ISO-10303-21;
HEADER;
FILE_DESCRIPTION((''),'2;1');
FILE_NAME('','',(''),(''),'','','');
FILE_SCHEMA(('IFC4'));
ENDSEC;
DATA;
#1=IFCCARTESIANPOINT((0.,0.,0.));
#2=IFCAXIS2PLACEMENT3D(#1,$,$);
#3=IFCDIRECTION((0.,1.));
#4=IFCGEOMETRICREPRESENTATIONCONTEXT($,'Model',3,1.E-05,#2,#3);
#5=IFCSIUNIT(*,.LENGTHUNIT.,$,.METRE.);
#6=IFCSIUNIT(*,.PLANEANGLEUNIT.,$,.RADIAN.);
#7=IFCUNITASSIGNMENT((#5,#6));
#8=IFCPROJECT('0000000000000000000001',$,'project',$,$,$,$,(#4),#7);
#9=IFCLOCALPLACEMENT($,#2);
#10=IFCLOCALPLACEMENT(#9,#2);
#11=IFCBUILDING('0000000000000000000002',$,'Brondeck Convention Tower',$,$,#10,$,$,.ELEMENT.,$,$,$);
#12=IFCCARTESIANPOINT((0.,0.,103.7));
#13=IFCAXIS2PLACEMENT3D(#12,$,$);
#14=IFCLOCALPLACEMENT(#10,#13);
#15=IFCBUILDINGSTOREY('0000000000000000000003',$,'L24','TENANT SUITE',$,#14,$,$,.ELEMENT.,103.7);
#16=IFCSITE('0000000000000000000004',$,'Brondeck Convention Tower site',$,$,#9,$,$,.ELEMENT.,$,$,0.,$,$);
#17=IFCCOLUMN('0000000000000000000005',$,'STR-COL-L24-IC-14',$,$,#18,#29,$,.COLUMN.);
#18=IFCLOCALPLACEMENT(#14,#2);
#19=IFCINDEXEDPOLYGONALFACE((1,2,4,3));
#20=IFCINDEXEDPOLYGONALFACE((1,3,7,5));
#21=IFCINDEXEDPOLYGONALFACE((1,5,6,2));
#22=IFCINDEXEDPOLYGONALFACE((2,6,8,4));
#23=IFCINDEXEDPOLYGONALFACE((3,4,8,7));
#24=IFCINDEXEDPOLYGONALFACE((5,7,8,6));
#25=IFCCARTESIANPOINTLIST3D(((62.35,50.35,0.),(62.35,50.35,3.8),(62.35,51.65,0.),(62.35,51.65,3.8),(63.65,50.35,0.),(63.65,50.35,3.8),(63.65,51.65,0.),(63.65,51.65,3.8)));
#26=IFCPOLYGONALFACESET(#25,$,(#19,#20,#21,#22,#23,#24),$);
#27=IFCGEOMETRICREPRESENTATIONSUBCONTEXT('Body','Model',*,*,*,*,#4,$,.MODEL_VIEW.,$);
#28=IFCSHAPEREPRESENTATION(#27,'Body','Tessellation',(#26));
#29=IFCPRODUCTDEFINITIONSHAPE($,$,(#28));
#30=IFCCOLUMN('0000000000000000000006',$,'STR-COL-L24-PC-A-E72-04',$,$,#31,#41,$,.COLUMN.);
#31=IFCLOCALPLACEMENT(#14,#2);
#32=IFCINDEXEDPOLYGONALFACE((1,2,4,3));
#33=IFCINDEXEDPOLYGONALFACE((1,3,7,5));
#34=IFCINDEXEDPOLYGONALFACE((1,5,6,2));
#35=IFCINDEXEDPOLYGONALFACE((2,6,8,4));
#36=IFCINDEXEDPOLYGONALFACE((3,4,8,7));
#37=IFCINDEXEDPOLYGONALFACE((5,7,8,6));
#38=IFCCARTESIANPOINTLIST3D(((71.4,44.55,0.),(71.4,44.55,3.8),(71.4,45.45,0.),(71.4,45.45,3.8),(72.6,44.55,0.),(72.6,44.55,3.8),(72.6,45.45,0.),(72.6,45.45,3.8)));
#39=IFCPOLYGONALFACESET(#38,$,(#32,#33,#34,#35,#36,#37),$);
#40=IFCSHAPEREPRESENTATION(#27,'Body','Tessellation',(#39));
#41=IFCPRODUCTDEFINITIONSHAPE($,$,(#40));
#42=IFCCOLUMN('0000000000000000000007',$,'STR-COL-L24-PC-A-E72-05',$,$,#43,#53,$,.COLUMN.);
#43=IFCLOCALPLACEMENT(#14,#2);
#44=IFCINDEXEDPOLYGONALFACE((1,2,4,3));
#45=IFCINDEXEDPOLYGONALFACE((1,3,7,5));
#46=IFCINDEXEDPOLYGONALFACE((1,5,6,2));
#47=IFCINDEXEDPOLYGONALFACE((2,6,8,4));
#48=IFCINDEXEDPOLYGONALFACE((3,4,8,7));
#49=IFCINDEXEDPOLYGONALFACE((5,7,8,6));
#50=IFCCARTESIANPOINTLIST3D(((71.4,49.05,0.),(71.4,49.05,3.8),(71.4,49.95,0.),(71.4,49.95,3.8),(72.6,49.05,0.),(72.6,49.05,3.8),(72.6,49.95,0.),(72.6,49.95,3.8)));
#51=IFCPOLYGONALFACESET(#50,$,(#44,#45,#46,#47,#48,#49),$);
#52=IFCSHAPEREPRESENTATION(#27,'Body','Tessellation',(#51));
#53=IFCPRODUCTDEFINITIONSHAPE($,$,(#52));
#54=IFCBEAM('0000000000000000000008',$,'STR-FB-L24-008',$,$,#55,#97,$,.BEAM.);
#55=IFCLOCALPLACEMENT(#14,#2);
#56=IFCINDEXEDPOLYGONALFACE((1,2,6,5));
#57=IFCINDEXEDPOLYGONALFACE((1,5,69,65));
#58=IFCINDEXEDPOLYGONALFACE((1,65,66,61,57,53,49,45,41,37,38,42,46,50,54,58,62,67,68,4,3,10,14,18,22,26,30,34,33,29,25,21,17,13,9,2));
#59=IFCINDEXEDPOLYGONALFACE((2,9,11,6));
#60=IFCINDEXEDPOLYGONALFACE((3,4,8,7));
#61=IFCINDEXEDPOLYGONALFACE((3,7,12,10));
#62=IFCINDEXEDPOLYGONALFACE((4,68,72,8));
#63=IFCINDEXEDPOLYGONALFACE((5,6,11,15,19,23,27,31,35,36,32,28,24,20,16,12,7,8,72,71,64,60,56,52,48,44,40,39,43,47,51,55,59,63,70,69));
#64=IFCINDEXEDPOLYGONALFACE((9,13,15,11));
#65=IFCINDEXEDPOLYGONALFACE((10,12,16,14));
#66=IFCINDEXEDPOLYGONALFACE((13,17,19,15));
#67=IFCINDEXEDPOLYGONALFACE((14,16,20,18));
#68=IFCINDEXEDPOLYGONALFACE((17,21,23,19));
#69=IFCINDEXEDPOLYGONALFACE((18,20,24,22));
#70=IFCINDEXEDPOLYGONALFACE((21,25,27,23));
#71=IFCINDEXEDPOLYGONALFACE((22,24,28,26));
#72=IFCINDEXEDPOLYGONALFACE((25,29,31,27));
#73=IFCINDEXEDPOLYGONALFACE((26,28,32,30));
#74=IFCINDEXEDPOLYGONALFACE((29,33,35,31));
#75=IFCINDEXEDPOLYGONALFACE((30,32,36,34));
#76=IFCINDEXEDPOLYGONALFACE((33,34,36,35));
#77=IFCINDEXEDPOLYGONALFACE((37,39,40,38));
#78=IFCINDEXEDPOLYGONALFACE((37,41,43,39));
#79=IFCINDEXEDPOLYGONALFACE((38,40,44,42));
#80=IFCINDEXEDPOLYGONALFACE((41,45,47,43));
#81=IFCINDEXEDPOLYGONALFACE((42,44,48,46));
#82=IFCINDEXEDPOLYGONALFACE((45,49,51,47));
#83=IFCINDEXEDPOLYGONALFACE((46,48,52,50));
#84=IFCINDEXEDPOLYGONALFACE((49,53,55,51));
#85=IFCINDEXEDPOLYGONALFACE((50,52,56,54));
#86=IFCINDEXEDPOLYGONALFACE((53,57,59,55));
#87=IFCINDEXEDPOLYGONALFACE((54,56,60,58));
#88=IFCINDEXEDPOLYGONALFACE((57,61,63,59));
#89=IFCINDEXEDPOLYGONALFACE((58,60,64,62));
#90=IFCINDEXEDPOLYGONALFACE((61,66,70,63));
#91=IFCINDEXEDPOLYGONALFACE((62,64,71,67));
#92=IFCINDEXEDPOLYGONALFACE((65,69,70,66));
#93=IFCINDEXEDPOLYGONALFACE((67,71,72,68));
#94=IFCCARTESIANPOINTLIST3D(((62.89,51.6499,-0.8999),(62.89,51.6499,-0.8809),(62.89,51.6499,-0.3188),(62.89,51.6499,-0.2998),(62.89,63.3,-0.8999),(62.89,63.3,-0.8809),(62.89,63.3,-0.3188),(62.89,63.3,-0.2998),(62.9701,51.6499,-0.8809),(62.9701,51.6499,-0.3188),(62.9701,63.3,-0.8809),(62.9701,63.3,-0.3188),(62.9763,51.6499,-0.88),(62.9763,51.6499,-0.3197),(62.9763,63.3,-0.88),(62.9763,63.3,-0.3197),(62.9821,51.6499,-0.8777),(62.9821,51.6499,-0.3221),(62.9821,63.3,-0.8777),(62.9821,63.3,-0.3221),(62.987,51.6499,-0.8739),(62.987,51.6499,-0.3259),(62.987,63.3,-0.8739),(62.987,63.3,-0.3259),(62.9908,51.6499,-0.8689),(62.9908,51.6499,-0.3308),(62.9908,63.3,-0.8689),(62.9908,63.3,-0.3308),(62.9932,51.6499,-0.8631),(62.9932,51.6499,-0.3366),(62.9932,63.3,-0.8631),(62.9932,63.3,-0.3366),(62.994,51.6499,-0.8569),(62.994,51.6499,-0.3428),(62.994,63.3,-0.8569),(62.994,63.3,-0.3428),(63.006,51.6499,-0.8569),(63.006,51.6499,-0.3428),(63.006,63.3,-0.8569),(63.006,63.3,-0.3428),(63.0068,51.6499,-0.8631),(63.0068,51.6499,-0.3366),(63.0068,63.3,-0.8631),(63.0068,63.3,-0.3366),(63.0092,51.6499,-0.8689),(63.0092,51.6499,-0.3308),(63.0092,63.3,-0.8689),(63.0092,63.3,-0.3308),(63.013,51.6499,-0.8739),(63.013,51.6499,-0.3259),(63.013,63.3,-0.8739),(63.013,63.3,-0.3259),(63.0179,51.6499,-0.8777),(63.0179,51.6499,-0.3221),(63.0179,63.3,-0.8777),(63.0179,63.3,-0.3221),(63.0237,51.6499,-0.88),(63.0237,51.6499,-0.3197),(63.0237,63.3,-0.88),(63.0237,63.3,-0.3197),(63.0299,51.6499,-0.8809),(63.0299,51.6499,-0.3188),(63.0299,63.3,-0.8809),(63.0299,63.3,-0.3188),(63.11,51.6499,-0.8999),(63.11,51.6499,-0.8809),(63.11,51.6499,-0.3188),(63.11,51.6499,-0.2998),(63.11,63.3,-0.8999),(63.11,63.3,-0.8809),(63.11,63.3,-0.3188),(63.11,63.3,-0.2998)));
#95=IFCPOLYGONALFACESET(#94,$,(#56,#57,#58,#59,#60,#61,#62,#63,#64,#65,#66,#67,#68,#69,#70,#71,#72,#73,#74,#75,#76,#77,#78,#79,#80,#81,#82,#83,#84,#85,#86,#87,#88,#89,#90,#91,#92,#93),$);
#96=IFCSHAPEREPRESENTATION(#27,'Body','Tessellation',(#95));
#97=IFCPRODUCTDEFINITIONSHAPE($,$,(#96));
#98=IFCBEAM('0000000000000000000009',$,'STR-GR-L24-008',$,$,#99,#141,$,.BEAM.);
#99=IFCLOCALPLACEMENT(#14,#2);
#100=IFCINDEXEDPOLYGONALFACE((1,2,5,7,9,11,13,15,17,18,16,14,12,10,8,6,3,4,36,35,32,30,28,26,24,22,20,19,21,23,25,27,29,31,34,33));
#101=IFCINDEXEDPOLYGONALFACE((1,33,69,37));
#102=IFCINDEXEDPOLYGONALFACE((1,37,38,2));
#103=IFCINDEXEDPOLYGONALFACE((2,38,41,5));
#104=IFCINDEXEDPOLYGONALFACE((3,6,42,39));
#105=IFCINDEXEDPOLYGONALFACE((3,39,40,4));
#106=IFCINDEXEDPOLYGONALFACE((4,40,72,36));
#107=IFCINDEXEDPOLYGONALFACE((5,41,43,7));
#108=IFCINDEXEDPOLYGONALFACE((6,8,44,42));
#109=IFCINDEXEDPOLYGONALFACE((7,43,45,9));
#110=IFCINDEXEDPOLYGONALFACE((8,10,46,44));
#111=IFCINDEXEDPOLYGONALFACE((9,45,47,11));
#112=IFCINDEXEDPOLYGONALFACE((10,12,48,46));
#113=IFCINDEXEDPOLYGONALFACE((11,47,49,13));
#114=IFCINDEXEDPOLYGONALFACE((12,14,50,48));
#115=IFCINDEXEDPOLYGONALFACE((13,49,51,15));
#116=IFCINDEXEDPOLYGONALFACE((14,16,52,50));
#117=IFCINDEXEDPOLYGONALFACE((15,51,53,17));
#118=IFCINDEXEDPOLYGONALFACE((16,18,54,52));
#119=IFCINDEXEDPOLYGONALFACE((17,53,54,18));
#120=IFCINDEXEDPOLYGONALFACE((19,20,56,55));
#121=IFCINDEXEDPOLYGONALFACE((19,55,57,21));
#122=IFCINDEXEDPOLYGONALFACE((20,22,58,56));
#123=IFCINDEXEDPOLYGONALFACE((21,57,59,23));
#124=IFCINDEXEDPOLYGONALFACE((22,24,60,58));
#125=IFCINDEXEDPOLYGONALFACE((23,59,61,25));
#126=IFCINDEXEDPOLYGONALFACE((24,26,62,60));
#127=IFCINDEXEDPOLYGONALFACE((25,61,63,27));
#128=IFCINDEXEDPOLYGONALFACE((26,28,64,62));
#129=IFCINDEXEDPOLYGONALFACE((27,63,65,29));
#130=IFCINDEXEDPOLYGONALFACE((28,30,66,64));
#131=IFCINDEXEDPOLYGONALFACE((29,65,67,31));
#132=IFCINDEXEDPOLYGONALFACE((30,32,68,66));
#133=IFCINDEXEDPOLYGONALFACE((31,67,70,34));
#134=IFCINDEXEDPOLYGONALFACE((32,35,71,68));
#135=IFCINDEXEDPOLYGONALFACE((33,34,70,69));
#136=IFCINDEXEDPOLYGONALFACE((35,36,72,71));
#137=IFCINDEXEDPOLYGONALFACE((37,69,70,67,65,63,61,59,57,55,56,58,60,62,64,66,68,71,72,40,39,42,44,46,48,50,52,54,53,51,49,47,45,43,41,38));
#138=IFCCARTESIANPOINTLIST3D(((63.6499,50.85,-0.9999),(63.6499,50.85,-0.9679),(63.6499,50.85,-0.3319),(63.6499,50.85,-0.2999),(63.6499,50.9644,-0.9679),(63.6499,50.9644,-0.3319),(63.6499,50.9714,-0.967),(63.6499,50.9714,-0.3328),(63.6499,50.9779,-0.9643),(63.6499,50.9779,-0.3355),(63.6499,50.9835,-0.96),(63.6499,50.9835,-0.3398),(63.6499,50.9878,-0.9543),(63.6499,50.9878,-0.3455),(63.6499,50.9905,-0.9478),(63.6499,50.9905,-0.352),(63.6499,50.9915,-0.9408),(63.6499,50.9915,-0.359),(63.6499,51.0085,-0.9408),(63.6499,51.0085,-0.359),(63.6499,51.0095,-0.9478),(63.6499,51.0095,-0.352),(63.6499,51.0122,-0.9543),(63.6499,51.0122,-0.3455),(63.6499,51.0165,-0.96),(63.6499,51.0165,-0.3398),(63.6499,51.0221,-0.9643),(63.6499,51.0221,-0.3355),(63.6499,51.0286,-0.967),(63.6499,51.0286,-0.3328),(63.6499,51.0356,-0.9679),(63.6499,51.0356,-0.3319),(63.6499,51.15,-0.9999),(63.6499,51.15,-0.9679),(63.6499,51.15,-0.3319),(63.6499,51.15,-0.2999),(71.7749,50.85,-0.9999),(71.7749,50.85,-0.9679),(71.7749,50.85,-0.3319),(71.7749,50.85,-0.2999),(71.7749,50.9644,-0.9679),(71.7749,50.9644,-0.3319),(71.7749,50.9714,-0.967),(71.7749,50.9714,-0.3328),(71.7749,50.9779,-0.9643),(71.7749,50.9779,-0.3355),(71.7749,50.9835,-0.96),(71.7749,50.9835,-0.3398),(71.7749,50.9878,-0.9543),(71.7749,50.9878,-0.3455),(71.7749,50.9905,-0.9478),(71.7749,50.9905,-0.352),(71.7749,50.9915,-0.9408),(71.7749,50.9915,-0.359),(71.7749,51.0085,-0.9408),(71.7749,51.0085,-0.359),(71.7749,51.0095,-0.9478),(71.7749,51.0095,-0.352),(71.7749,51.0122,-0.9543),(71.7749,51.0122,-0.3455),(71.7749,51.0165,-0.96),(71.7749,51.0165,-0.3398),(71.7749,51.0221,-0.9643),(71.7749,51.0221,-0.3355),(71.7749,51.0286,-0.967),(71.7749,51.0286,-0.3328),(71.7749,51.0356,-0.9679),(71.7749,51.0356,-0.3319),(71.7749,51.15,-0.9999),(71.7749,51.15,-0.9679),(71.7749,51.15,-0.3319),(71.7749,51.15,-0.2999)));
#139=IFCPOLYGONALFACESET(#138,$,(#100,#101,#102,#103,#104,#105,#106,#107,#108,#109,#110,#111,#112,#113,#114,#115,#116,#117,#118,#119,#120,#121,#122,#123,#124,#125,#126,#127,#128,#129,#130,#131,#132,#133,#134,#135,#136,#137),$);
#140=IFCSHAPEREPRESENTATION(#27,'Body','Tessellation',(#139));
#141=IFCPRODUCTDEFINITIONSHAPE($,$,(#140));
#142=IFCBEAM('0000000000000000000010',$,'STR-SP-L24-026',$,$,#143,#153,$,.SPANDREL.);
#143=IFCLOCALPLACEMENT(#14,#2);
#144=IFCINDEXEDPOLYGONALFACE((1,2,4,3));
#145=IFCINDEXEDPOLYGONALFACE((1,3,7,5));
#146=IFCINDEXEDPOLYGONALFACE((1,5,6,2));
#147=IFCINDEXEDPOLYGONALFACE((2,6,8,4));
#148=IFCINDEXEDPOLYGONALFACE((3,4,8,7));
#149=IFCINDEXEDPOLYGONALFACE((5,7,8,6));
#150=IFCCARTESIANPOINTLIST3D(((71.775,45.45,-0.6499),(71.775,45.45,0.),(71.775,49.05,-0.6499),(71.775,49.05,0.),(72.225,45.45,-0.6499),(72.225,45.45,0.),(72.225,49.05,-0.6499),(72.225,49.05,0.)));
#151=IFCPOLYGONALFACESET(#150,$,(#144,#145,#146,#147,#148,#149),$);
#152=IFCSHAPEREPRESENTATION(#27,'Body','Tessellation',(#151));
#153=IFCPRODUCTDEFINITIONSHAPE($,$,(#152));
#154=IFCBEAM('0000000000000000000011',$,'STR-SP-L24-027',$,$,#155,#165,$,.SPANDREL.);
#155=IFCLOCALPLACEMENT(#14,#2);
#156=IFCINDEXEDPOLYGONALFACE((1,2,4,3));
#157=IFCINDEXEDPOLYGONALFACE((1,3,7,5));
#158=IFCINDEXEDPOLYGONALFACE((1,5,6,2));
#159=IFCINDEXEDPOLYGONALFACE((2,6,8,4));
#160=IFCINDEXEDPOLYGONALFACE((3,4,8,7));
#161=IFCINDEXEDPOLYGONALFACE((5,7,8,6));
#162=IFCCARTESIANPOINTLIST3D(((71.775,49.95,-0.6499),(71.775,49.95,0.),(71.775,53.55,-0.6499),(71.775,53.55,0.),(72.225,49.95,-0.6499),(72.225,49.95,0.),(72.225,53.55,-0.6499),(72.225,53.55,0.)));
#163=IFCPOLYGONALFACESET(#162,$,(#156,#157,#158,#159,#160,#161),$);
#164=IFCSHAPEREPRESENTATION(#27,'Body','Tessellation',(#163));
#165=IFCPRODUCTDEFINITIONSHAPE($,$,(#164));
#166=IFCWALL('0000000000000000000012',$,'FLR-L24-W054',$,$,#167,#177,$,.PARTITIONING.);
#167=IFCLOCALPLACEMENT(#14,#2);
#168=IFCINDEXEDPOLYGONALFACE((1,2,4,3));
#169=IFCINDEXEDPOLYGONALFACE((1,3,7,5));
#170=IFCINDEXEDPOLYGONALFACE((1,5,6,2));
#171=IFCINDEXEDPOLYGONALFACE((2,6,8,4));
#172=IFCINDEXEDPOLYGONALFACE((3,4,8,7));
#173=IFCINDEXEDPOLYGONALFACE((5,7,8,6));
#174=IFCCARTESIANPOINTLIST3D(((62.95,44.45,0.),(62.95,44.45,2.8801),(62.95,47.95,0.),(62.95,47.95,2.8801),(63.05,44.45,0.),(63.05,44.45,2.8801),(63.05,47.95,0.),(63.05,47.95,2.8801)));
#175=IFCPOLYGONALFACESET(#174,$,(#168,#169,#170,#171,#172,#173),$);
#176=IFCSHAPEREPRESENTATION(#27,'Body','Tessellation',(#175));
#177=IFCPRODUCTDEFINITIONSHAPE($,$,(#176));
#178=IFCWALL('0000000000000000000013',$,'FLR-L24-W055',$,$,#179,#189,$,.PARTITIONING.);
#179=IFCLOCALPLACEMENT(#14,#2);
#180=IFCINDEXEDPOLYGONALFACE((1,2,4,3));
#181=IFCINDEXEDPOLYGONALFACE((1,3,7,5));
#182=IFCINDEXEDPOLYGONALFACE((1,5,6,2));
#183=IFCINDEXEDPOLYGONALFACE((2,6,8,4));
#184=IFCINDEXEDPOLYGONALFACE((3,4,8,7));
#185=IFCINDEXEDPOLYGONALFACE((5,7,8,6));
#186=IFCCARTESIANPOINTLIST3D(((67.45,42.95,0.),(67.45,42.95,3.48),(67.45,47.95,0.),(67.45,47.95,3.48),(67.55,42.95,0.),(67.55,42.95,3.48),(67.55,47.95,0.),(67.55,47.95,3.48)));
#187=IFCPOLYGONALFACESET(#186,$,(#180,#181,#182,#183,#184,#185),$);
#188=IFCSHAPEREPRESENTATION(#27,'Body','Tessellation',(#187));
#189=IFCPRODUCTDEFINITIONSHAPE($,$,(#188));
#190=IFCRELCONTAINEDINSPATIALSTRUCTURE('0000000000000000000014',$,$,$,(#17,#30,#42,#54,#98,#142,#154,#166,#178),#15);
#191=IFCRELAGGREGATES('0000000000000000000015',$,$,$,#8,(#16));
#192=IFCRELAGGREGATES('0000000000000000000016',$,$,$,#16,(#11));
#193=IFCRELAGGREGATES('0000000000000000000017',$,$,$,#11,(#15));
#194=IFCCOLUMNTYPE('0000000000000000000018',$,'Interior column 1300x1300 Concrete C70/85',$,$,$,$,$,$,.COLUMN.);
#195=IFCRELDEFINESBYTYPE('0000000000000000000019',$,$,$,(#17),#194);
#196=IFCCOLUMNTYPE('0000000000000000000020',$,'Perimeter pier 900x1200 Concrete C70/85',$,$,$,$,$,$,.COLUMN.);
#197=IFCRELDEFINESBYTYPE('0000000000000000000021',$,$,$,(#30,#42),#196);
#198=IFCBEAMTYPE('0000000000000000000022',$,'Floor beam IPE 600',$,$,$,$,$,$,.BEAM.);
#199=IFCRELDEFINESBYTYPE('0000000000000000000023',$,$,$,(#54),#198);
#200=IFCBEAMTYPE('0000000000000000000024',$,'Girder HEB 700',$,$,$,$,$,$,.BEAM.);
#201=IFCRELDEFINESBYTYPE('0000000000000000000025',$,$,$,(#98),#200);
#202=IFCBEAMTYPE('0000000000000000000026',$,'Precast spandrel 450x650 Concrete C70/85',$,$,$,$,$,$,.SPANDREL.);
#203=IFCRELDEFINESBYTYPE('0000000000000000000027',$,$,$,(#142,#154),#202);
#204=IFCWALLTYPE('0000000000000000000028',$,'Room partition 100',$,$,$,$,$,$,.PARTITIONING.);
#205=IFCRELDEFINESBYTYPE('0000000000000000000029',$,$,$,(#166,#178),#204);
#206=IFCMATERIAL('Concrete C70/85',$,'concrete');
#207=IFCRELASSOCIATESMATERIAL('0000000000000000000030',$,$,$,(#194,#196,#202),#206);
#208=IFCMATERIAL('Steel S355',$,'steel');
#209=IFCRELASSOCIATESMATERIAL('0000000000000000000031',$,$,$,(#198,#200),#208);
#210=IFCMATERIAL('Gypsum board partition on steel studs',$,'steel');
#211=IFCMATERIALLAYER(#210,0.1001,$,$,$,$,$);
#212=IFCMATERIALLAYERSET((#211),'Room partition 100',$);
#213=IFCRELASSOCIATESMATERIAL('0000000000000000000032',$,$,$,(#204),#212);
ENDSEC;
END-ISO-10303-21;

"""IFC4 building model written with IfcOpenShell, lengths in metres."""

from ifc_helpers import new_model, si_unit, direction, frame, frame_2d, origin, origin_2d, place, context, subcontext, project, spatial, rectangle, i_section, extrude, material, layer, layer_set, material_profile, profile_set, type_object, element, save


model = new_model("IFC4")

# Units and contexts
model_context = context("Model", 3, precision=1e-05, world=origin(), true_north=direction((0.0, 1.0)))
body_context = subcontext(model_context, "Body", "Model", "MODEL_VIEW")
ifc_project = project(units=[si_unit("LENGTHUNIT", "METRE"), si_unit("PLANEANGLEUNIT", "RADIAN")], contexts=[model_context])

# Site, building, storey
site_placement = place(None, origin())
site = spatial("IfcSite", under=ifc_project, at=site_placement, Name="Brondeck Convention Tower site", CompositionType="ELEMENT", RefElevation=0.0)
building_placement = place(site_placement, origin())
building = spatial("IfcBuilding", under=site, at=building_placement, Name="Brondeck Convention Tower", CompositionType="ELEMENT")
storey_placement = place(building_placement, frame((0.0, 0.0, 103.7)))
storey = spatial("IfcBuildingStorey", under=building, at=storey_placement, Name="L24", Description="TENANT SUITE", CompositionType="ELEMENT", Elevation=103.7)

# Columns
ifc_material_1 = material(Name="Concrete C70/85", Category="concrete")
ifc_material_profile_1 = material_profile(ifc_material_1, rectangle(XDim=1.3, YDim=1.3, at=origin_2d()), Name="Interior column 1300x1300 Concrete C70/85")
ifc_profile_set_1 = profile_set([ifc_material_profile_1], Name="Concrete C70/85")
column_type_1 = type_object("IfcColumnType", Name="Interior column 1300x1300 Concrete C70/85", PredefinedType="COLUMN", material=ifc_profile_set_1)
column_placement = place(storey_placement, frame((63.0, 51.0, 0.0), z_axis=(0.0, 0.0, 1.0), x_axis=(1.0, 0.0, 0.0)))
element("IfcColumn", 1, at=column_placement, inside=storey, type_object=column_type_1, Name="STR-COL-L24-IC-14", PredefinedType="COLUMN", context=body_context, shape_type="SweptSolid", body=[
    extrude(rectangle(XDim=1.3, YDim=1.3, at=origin_2d()), origin(), (0.0, 0.0, 1.0), 3.8),
])
ifc_material_profile_2 = material_profile(ifc_material_1, rectangle(XDim=0.8999, YDim=1.2, at=origin_2d()), Name="Perimeter pier 900x1200 Concrete C70/85")
ifc_profile_set_2 = profile_set([ifc_material_profile_2], Name="Concrete C70/85")
column_type_2 = type_object("IfcColumnType", Name="Perimeter pier 900x1200 Concrete C70/85", PredefinedType="COLUMN", material=ifc_profile_set_2)
for number, where, z_axis, x_axis, name in (
    (2, (72.0, 45.0, 0.0), (0.0, 0.0, 1.0), (0.0, 1.0, 0.0), "STR-COL-L24-PC-A-E72-04"),
    (3, (72.0, 49.5, 0.0), (0.0, 0.0, 1.0), (0.0, 1.0, 0.0), "STR-COL-L24-PC-A-E72-05"),
):
    element("IfcColumn", number, at=place(storey_placement, frame(where, z_axis=z_axis, x_axis=x_axis)), inside=storey, type_object=column_type_2, Name=name, PredefinedType="COLUMN", context=body_context, shape_type="SweptSolid", body=[
        extrude(rectangle(XDim=0.8999, YDim=1.2, at=origin_2d()), origin(), (0.0, 0.0, 1.0), 3.8),
    ])

# Beams
ifc_material_2 = material(Name="Steel S355", Category="steel")
ifc_material_profile_3 = material_profile(ifc_material_2, i_section(OverallWidth=0.22, OverallDepth=0.6001, WebThickness=0.012, FlangeThickness=0.019, FilletRadius=0.0239, at=origin_2d()), Name="IPE 600")
ifc_profile_set_3 = profile_set([ifc_material_profile_3], Name="Steel S355")
beam_type_1 = type_object("IfcBeamType", Name="Floor beam IPE 600", PredefinedType="BEAM", material=ifc_profile_set_3)
beam_1_placement = place(storey_placement, frame((63.0, 51.6499, -0.5999), z_axis=(0.0, 1.0, 0.0), x_axis=(-1.0, 0.0, 0.0)))
element("IfcBeam", 4, at=beam_1_placement, inside=storey, type_object=beam_type_1, Name="STR-FB-L24-008", PredefinedType="BEAM", context=body_context, shape_type="SweptSolid", body=[
    extrude(i_section(OverallWidth=0.22, OverallDepth=0.6001, WebThickness=0.012, FlangeThickness=0.019, FilletRadius=0.0239, at=origin_2d()), origin(), (0.0, 0.0, 1.0), 11.6501),
])
ifc_material_profile_4 = material_profile(ifc_material_2, i_section(OverallWidth=0.3, OverallDepth=0.7, WebThickness=0.0171, FlangeThickness=0.032, FilletRadius=0.0271, at=origin_2d()), Name="HEB 700")
ifc_profile_set_4 = profile_set([ifc_material_profile_4], Name="Steel S355")
beam_type_2 = type_object("IfcBeamType", Name="Girder HEB 700", PredefinedType="BEAM", material=ifc_profile_set_4)
beam_2_placement = place(storey_placement, frame((63.6499, 51.0, -0.6499), z_axis=(1.0, 0.0, 0.0), x_axis=(0.0, 1.0, 0.0)))
element("IfcBeam", 5, at=beam_2_placement, inside=storey, type_object=beam_type_2, Name="STR-GR-L24-008", PredefinedType="BEAM", context=body_context, shape_type="SweptSolid", body=[
    extrude(i_section(OverallWidth=0.3, OverallDepth=0.7, WebThickness=0.0171, FlangeThickness=0.032, FilletRadius=0.0271, at=origin_2d()), origin(), (0.0, 0.0, 1.0), 8.125),
])
ifc_material_profile_5 = material_profile(ifc_material_1, rectangle(XDim=0.45, YDim=0.6499, at=origin_2d()), Name="Precast spandrel 450x650 Concrete C70/85")
ifc_profile_set_5 = profile_set([ifc_material_profile_5], Name="Concrete C70/85")
beam_type_3 = type_object("IfcBeamType", Name="Precast spandrel 450x650 Concrete C70/85", PredefinedType="SPANDREL", material=ifc_profile_set_5)
for number, where, z_axis, x_axis, name in (
    (6, (72.0, 45.45, -0.325), (0.0, 1.0, 0.0), (-1.0, 0.0, 0.0), "STR-SP-L24-026"),
    (7, (72.0, 49.95, -0.325), (0.0, 1.0, 0.0), (-1.0, 0.0, 0.0), "STR-SP-L24-027"),
):
    element("IfcBeam", number, at=place(storey_placement, frame(where, z_axis=z_axis, x_axis=x_axis)), inside=storey, type_object=beam_type_3, Name=name, PredefinedType="SPANDREL", context=body_context, shape_type="SweptSolid", body=[
        extrude(rectangle(XDim=0.45, YDim=0.6499, at=origin_2d()), origin(), (0.0, 0.0, 1.0), 3.6001),
    ])

# Walls
ifc_material_3 = material(Name="Gypsum board partition on steel studs", Category="steel")
ifc_layer = layer(ifc_material_3, 0.1001)
ifc_layer_set = layer_set([ifc_layer], Name="Room partition 100")
wall_type = type_object("IfcWallType", Name="Room partition 100", PredefinedType="PARTITIONING", material=ifc_layer_set)
wall_1_placement = place(storey_placement, frame((63.0, 47.95, 0.0), z_axis=(0.0, 0.0, 1.0), x_axis=(0.0, -1.0, 0.0)))
element("IfcWall", 8, at=wall_1_placement, inside=storey, type_object=wall_type, Name="FLR-L24-W054", PredefinedType="PARTITIONING", context=body_context, shape_type="SweptSolid", body=[
    extrude(rectangle(XDim=3.5, YDim=0.1001, at=frame_2d((1.75, 0.0))), origin(), (0.0, 0.0, 1.0), 2.8801),
])
wall_2_placement = place(storey_placement, frame((67.5, 47.95, 0.0), z_axis=(0.0, 0.0, 1.0), x_axis=(0.0, -1.0, 0.0)))
element("IfcWall", 9, at=wall_2_placement, inside=storey, type_object=wall_type, Name="FLR-L24-W055", PredefinedType="PARTITIONING", context=body_context, shape_type="SweptSolid", body=[
    extrude(rectangle(XDim=5.0, YDim=0.1001, at=frame_2d((2.5, 0.0))), origin(), (0.0, 0.0, 1.0), 3.48),
])

save(model, "model.ifc")
